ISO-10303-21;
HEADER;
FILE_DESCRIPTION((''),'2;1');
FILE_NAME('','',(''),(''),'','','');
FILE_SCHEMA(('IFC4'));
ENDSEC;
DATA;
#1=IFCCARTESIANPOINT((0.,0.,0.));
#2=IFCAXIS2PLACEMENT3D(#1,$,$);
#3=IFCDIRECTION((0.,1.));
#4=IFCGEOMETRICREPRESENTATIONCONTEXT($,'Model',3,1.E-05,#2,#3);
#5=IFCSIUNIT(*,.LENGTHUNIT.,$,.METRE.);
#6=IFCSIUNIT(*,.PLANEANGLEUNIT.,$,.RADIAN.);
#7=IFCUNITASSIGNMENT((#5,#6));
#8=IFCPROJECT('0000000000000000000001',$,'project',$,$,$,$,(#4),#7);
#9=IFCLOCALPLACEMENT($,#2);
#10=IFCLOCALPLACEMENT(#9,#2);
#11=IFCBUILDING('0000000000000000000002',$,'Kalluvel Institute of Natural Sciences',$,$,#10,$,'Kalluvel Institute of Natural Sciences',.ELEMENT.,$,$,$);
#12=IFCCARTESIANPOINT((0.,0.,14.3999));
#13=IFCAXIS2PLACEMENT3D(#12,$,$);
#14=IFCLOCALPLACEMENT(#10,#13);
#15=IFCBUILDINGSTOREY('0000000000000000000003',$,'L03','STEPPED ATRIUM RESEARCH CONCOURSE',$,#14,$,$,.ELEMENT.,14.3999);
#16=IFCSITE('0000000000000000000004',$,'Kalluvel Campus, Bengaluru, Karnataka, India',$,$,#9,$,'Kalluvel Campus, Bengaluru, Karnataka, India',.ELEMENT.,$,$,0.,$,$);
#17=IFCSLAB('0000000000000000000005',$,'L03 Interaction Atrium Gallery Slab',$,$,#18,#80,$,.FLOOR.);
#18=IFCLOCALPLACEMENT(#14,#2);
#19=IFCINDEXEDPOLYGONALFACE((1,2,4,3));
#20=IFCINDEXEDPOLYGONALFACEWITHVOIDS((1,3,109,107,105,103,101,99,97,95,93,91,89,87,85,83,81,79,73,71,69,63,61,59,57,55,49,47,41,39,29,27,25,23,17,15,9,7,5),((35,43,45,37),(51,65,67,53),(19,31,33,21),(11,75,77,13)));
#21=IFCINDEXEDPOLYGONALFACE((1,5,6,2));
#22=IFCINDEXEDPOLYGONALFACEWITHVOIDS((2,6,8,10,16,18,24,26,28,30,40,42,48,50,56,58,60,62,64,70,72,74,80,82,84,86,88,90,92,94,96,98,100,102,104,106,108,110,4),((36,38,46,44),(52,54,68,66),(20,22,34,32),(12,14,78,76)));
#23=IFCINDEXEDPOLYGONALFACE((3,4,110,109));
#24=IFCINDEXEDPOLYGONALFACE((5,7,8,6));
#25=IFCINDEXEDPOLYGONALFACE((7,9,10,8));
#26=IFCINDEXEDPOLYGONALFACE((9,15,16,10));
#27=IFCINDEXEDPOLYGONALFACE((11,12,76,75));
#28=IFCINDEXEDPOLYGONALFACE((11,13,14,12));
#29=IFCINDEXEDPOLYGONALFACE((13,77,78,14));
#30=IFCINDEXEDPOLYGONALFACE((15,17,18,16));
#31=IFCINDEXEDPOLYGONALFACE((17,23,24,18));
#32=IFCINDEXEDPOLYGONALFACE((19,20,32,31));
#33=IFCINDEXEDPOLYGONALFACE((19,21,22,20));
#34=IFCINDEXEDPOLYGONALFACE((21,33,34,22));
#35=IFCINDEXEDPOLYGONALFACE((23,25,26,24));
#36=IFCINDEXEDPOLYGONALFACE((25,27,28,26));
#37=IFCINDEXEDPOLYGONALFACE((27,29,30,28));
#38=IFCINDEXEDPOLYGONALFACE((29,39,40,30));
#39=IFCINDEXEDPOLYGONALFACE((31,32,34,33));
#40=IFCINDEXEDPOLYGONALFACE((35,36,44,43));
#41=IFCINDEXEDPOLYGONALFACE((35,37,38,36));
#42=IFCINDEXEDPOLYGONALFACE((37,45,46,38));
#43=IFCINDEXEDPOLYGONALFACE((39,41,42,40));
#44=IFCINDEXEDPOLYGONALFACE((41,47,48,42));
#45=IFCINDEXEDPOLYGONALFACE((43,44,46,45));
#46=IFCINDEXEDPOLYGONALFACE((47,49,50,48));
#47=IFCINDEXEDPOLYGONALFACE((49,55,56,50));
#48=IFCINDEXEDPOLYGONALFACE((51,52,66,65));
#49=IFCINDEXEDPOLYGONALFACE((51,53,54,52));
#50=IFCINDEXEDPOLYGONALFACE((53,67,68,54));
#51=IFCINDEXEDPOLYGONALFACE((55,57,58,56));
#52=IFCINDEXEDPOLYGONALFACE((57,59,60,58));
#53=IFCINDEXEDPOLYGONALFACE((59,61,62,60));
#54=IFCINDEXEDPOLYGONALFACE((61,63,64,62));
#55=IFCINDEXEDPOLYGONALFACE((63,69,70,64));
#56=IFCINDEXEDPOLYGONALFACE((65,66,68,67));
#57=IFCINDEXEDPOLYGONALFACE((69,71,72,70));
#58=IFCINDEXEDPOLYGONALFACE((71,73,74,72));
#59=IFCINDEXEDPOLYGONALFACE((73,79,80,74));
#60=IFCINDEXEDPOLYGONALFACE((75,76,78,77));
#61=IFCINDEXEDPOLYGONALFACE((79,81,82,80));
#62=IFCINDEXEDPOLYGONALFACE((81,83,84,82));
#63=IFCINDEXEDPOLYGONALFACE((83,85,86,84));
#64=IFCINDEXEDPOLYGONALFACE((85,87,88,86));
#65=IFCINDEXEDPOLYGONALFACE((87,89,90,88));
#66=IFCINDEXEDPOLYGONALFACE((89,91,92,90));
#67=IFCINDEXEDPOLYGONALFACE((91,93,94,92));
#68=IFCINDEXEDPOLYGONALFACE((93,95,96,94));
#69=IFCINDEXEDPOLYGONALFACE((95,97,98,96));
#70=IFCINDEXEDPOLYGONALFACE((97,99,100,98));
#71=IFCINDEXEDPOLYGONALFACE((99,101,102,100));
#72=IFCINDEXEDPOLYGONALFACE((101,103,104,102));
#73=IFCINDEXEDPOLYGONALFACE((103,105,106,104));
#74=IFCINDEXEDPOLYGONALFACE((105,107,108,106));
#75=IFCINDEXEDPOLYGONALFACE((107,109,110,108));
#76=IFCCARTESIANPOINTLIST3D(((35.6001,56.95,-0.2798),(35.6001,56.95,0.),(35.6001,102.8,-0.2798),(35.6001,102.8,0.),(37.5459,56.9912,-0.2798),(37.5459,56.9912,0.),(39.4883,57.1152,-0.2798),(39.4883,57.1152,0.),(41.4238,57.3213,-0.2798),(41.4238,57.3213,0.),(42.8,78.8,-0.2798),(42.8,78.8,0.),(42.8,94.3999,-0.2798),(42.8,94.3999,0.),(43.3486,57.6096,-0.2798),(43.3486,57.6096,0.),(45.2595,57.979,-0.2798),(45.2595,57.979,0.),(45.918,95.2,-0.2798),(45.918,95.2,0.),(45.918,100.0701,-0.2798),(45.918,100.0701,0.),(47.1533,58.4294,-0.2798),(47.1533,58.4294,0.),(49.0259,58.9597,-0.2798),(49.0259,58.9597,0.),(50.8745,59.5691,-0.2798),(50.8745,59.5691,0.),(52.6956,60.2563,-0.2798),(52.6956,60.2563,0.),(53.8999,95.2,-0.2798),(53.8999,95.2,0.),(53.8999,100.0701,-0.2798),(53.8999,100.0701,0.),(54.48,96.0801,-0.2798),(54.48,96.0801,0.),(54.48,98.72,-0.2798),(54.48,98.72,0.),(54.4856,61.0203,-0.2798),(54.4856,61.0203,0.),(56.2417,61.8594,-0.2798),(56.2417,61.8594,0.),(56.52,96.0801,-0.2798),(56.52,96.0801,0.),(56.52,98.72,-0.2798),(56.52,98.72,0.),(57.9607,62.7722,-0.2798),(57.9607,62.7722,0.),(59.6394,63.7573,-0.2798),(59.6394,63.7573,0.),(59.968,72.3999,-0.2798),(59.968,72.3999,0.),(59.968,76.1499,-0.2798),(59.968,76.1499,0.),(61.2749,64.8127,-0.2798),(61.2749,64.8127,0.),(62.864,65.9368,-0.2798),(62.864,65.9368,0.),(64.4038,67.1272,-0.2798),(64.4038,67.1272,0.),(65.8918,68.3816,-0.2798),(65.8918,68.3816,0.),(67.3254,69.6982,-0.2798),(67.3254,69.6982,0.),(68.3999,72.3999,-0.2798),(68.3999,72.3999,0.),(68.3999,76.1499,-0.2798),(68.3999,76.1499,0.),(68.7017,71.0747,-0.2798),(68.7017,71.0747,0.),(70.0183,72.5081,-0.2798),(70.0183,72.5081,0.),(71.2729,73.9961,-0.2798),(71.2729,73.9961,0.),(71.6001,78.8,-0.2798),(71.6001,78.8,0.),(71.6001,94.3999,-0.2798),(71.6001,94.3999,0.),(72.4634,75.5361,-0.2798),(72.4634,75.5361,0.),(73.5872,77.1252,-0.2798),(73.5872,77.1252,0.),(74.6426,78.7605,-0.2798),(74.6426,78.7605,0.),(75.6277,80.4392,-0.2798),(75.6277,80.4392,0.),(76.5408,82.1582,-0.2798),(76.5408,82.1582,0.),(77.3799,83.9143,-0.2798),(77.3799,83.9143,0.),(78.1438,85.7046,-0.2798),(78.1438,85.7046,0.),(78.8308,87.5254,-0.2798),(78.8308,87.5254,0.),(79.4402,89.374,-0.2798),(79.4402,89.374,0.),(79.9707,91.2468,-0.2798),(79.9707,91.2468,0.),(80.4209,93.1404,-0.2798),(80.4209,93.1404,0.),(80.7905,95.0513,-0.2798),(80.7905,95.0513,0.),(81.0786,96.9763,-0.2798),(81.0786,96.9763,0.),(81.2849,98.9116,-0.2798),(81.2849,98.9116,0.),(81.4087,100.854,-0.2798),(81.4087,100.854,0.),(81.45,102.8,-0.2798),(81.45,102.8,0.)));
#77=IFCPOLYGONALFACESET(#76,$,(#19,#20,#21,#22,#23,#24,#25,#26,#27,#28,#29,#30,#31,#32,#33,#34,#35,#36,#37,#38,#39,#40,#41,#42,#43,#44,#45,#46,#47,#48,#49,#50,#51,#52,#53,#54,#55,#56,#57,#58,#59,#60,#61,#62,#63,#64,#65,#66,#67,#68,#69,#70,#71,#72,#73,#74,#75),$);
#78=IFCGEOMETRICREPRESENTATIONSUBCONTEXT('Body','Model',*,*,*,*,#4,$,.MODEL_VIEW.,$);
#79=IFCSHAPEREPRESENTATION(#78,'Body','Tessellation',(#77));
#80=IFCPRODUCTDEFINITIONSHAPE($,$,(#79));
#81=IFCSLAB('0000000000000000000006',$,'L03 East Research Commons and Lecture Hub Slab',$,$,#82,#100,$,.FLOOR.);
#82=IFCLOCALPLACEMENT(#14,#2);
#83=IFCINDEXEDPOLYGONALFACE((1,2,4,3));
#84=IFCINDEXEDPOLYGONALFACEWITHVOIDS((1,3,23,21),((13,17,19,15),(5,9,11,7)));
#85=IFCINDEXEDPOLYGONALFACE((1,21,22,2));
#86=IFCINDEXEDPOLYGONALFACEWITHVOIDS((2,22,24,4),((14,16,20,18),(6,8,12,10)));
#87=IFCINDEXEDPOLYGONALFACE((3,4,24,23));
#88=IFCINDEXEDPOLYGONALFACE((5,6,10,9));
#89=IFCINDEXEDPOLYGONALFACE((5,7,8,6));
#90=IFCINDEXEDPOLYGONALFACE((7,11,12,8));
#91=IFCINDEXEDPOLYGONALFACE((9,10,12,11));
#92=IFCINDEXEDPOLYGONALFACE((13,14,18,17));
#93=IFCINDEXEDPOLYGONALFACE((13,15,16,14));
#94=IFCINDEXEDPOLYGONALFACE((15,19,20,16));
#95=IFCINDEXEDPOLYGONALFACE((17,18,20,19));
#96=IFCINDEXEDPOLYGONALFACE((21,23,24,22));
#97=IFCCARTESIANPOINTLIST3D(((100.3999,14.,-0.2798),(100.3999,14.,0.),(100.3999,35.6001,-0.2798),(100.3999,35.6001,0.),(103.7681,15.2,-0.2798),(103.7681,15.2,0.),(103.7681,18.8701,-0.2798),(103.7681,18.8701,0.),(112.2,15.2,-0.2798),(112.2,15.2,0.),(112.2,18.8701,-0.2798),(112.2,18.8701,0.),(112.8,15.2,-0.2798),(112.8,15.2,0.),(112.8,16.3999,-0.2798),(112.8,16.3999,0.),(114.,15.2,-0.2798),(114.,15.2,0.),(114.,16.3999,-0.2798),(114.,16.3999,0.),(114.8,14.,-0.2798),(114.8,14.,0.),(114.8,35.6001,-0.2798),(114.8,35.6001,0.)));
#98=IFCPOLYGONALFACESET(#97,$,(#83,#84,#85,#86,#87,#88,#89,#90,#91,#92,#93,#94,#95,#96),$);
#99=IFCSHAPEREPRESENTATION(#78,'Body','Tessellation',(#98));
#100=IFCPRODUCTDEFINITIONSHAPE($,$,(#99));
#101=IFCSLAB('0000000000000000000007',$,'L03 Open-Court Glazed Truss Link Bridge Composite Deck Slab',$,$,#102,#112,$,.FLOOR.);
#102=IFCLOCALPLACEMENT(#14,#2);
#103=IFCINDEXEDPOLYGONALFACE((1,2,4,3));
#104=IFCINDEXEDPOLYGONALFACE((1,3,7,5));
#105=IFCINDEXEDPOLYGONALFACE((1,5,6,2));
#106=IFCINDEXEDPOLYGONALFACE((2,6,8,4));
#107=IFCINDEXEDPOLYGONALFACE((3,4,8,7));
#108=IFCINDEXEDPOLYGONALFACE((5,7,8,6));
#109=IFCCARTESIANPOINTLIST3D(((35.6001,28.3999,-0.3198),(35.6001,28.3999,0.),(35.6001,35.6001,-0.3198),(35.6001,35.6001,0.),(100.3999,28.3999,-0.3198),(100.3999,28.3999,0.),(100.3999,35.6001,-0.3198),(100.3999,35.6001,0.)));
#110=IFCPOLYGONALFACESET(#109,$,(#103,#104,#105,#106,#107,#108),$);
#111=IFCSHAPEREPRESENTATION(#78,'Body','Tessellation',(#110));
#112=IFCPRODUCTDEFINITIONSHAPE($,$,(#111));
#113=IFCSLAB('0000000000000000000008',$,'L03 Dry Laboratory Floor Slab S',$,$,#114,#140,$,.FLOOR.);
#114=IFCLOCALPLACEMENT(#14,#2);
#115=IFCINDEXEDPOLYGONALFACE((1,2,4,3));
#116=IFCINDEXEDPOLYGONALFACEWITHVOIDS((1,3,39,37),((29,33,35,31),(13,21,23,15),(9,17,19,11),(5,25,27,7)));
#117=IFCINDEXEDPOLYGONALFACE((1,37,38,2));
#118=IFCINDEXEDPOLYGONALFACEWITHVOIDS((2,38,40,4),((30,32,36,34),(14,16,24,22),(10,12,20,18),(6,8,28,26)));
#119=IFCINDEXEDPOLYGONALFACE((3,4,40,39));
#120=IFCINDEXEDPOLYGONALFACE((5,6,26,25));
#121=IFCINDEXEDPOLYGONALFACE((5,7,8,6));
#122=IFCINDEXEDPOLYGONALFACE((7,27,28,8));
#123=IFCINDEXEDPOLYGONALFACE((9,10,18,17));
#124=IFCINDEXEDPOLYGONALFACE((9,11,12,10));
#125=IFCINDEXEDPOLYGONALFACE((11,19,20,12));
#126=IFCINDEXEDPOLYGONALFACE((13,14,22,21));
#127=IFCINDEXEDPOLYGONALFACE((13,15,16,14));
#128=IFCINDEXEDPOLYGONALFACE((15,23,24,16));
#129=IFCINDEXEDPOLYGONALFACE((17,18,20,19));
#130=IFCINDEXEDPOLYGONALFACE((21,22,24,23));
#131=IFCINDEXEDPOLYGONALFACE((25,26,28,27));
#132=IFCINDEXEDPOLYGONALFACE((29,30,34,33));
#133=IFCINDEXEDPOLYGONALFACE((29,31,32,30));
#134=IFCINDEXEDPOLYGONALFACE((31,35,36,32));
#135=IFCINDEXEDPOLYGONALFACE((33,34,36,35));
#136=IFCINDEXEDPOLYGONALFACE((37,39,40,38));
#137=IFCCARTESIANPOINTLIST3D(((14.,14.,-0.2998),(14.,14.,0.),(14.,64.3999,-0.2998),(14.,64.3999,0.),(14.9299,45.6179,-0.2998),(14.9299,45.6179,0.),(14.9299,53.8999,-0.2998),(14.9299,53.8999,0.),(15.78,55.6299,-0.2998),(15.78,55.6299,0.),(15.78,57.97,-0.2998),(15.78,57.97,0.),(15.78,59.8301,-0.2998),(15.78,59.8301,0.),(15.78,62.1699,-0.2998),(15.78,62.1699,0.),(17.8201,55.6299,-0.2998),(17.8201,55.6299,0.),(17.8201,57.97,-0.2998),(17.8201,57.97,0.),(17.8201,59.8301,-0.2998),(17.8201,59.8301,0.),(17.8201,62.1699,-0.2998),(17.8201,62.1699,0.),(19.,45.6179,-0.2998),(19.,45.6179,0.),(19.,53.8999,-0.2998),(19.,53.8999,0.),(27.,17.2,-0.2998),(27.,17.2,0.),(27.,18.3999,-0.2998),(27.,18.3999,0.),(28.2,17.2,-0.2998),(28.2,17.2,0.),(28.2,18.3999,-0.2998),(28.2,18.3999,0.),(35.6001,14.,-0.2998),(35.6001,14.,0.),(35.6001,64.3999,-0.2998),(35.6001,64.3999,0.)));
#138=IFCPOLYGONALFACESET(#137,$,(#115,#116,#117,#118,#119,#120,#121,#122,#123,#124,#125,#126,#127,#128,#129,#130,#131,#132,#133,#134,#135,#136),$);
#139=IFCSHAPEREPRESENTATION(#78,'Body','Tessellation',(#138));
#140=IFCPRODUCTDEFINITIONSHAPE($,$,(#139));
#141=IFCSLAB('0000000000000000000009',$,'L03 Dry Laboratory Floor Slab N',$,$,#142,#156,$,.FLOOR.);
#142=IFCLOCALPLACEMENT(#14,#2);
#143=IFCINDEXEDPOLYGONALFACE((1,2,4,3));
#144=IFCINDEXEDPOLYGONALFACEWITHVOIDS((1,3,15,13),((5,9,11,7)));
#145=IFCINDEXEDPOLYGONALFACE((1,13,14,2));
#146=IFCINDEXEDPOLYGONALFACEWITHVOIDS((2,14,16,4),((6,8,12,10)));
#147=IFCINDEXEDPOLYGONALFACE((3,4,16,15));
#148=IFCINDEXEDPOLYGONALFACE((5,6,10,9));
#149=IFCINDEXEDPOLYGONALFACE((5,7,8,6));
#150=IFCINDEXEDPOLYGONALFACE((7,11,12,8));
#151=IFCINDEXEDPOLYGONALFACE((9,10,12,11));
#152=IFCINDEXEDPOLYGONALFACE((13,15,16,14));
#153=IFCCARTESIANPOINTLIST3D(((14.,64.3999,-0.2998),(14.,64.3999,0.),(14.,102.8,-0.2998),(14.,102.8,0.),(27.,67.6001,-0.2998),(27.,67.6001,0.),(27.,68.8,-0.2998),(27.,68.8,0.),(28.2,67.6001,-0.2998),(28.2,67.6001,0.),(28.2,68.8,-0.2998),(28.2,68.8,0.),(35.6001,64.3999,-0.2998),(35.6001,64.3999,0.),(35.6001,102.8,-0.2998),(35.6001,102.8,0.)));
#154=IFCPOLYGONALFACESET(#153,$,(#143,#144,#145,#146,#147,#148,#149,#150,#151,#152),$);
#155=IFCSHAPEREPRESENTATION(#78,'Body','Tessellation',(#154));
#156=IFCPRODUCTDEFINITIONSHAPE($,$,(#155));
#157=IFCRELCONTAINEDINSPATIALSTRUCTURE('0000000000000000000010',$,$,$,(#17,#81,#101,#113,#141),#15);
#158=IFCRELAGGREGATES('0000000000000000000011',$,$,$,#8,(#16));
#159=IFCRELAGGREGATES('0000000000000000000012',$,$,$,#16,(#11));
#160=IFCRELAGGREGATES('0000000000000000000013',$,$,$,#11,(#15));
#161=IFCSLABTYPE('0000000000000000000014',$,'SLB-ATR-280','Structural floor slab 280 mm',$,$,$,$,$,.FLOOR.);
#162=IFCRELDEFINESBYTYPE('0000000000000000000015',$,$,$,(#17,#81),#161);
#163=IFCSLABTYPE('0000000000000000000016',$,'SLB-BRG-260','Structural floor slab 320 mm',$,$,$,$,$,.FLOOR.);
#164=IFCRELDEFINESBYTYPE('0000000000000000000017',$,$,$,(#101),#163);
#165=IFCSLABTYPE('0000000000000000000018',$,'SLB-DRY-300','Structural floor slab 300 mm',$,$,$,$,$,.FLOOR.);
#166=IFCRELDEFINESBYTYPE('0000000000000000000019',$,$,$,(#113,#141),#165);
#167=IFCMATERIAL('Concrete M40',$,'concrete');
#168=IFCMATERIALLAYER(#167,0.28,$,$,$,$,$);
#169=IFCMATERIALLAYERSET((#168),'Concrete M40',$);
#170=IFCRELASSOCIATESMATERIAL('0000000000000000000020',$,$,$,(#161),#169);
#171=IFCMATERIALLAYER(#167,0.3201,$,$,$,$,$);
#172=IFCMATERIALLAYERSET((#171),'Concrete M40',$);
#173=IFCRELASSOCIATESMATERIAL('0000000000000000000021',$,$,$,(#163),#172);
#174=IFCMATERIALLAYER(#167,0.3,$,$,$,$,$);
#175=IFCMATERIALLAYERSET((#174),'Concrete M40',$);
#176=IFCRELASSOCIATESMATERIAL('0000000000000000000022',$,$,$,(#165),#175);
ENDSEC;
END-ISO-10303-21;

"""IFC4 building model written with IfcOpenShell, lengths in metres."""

from ifc_helpers import new_model, si_unit, direction, frame, origin, place, context, subcontext, project, spatial, polyline, outline, extrude, material, layer, layer_set, type_object, element, save


model = new_model("IFC4")

# Units and contexts
model_context = context("Model", 3, precision=1e-05, world=origin(), true_north=direction((0.0, 1.0)))
body_context = subcontext(model_context, "Body", "Model", "MODEL_VIEW")
ifc_project = project(units=[si_unit("LENGTHUNIT", "METRE"), si_unit("PLANEANGLEUNIT", "RADIAN")], contexts=[model_context])

# Site, building, storey
site_placement = place(None, origin())
site = spatial("IfcSite", under=ifc_project, at=site_placement, Name="Kalluvel Campus, Bengaluru, Karnataka, India", LongName="Kalluvel Campus, Bengaluru, Karnataka, India", CompositionType="ELEMENT", RefElevation=0.0)
building_placement = place(site_placement, origin())
building = spatial("IfcBuilding", under=site, at=building_placement, Name="Kalluvel Institute of Natural Sciences", LongName="Kalluvel Institute of Natural Sciences", CompositionType="ELEMENT")
storey_placement = place(building_placement, frame((0.0, 0.0, 14.3999)))
storey = spatial("IfcBuildingStorey", under=building, at=storey_placement, Name="L03", Description="STEPPED ATRIUM RESEARCH CONCOURSE", CompositionType="ELEMENT", Elevation=14.3999)

# Shared definitions
ifc_material_1 = material(Name="Concrete M40", Category="concrete")

# Slabs
ifc_layer_1 = layer(ifc_material_1, 0.28)
ifc_layer_set_1 = layer_set([ifc_layer_1], Name="Concrete M40")
slab_type_1 = type_object("IfcSlabType", Name="SLB-ATR-280", Description="Structural floor slab 280 mm", PredefinedType="FLOOR", material=ifc_layer_set_1)
slab_1_placement = place(storey_placement, frame((0.0, 0.0, -0.2798)))
element("IfcSlab", 1, at=slab_1_placement, inside=storey, type_object=slab_type_1, Name="L03 Interaction Atrium Gallery Slab", PredefinedType="FLOOR", context=body_context, shape_type="SweptSolid", body=[
    extrude(outline(polyline([(35.6001, 102.8), (35.6001, 56.95), (37.5459, 56.9912), (39.4883, 57.1152), (41.4238, 57.3213), (43.3486, 57.6096), (45.2595, 57.979), (47.1533, 58.4294), (49.0259, 58.9597), (50.8745, 59.5691), (52.6956, 60.2563), (54.4856, 61.0203), (56.2417, 61.8594), (57.9607, 62.7722), (59.6394, 63.7573), (61.2749, 64.8127), (62.864, 65.9368), (64.4038, 67.1272), (65.8918, 68.3816), (67.3254, 69.6982), (68.7017, 71.0747), (70.0183, 72.5081), (71.2729, 73.9961), (72.4634, 75.5361), (73.5872, 77.1252), (74.6426, 78.7605), (75.6277, 80.4392), (76.5408, 82.1582), (77.3799, 83.9143), (78.1438, 85.7046), (78.8308, 87.5254), (79.4402, 89.374), (79.9707, 91.2468), (80.4209, 93.1404), (80.7905, 95.0513), (81.0786, 96.9763), (81.2849, 98.9116), (81.4087, 100.854), (81.45, 102.8), (35.6001, 102.8)]), holes=[polyline([(45.918, 95.2), (53.8999, 95.2), (53.8999, 100.0701), (45.918, 100.0701), (45.918, 95.2)]), polyline([(59.968, 72.3999), (68.3999, 72.3999), (68.3999, 76.1499), (59.968, 76.1499), (59.968, 72.3999)]), polyline([(54.48, 96.0801), (56.52, 96.0801), (56.52, 98.72), (54.48, 98.72), (54.48, 96.0801)]), polyline([(42.8, 78.8), (71.6001, 78.8), (71.6001, 94.3999), (42.8, 94.3999), (42.8, 78.8)])]), origin(), (0.0, 0.0, 1.0), 0.2798),
])
slab_2_placement = place(storey_placement, frame((0.0, 0.0, -0.2798)))
element("IfcSlab", 2, at=slab_2_placement, inside=storey, type_object=slab_type_1, Name="L03 East Research Commons and Lecture Hub Slab", PredefinedType="FLOOR", context=body_context, shape_type="SweptSolid", body=[
    extrude(outline(polyline([(100.3999, 14.0), (114.8, 14.0), (114.8, 35.6001), (100.3999, 35.6001), (100.3999, 14.0)]), holes=[polyline([(112.8, 16.3999), (114.0, 16.3999), (114.0, 15.2), (112.8, 15.2), (112.8, 16.3999)]), polyline([(103.7681, 18.8701), (112.2, 18.8701), (112.2, 15.2), (103.7681, 15.2), (103.7681, 18.8701)])]), origin(), (0.0, 0.0, 1.0), 0.2798),
])
ifc_layer_2 = layer(ifc_material_1, 0.3201)
ifc_layer_set_2 = layer_set([ifc_layer_2], Name="Concrete M40")
slab_type_2 = type_object("IfcSlabType", Name="SLB-BRG-260", Description="Structural floor slab 320 mm", PredefinedType="FLOOR", material=ifc_layer_set_2)
slab_3_placement = place(storey_placement, frame((0.0, 0.0, -0.3198)))
element("IfcSlab", 3, at=slab_3_placement, inside=storey, type_object=slab_type_2, Name="L03 Open-Court Glazed Truss Link Bridge Composite Deck Slab", PredefinedType="FLOOR", context=body_context, shape_type="SweptSolid", body=[
    extrude(outline(polyline([(35.6001, 28.3999), (100.3999, 28.3999), (100.3999, 35.6001), (35.6001, 35.6001), (35.6001, 28.3999)])), origin(), (0.0, 0.0, 1.0), 0.3198),
])
ifc_layer_3 = layer(ifc_material_1, 0.3)
ifc_layer_set_3 = layer_set([ifc_layer_3], Name="Concrete M40")
slab_type_3 = type_object("IfcSlabType", Name="SLB-DRY-300", Description="Structural floor slab 300 mm", PredefinedType="FLOOR", material=ifc_layer_set_3)
slab_4_placement = place(storey_placement, frame((0.0, 0.0, -0.2998)))
element("IfcSlab", 4, at=slab_4_placement, inside=storey, type_object=slab_type_3, Name="L03 Dry Laboratory Floor Slab S", PredefinedType="FLOOR", context=body_context, shape_type="SweptSolid", body=[
    extrude(outline(polyline([(14.0, 14.0), (35.6001, 14.0), (35.6001, 64.3999), (14.0, 64.3999), (14.0, 14.0)]), holes=[polyline([(28.2, 18.3999), (28.2, 17.2), (27.0, 17.2), (27.0, 18.3999), (28.2, 18.3999)]), polyline([(14.9299, 53.8999), (19.0, 53.8999), (19.0, 45.6179), (14.9299, 45.6179), (14.9299, 53.8999)]), polyline([(17.8201, 57.97), (17.8201, 55.6299), (15.78, 55.6299), (15.78, 57.97), (17.8201, 57.97)]), polyline([(17.8201, 62.1699), (17.8201, 59.8301), (15.78, 59.8301), (15.78, 62.1699), (17.8201, 62.1699)])]), origin(), (0.0, 0.0, 1.0), 0.2998),
])
slab_5_placement = place(storey_placement, frame((0.0, 0.0, -0.2998)))
element("IfcSlab", 5, at=slab_5_placement, inside=storey, type_object=slab_type_3, Name="L03 Dry Laboratory Floor Slab N", PredefinedType="FLOOR", context=body_context, shape_type="SweptSolid", body=[
    extrude(outline(polyline([(14.0, 64.3999), (35.6001, 64.3999), (35.6001, 102.8), (14.0, 102.8), (14.0, 64.3999)]), holes=[polyline([(27.0, 67.6001), (27.0, 68.8), (28.2, 68.8), (28.2, 67.6001), (27.0, 67.6001)])]), origin(), (0.0, 0.0, 1.0), 0.2998),
])

save(model, "model.ifc")
